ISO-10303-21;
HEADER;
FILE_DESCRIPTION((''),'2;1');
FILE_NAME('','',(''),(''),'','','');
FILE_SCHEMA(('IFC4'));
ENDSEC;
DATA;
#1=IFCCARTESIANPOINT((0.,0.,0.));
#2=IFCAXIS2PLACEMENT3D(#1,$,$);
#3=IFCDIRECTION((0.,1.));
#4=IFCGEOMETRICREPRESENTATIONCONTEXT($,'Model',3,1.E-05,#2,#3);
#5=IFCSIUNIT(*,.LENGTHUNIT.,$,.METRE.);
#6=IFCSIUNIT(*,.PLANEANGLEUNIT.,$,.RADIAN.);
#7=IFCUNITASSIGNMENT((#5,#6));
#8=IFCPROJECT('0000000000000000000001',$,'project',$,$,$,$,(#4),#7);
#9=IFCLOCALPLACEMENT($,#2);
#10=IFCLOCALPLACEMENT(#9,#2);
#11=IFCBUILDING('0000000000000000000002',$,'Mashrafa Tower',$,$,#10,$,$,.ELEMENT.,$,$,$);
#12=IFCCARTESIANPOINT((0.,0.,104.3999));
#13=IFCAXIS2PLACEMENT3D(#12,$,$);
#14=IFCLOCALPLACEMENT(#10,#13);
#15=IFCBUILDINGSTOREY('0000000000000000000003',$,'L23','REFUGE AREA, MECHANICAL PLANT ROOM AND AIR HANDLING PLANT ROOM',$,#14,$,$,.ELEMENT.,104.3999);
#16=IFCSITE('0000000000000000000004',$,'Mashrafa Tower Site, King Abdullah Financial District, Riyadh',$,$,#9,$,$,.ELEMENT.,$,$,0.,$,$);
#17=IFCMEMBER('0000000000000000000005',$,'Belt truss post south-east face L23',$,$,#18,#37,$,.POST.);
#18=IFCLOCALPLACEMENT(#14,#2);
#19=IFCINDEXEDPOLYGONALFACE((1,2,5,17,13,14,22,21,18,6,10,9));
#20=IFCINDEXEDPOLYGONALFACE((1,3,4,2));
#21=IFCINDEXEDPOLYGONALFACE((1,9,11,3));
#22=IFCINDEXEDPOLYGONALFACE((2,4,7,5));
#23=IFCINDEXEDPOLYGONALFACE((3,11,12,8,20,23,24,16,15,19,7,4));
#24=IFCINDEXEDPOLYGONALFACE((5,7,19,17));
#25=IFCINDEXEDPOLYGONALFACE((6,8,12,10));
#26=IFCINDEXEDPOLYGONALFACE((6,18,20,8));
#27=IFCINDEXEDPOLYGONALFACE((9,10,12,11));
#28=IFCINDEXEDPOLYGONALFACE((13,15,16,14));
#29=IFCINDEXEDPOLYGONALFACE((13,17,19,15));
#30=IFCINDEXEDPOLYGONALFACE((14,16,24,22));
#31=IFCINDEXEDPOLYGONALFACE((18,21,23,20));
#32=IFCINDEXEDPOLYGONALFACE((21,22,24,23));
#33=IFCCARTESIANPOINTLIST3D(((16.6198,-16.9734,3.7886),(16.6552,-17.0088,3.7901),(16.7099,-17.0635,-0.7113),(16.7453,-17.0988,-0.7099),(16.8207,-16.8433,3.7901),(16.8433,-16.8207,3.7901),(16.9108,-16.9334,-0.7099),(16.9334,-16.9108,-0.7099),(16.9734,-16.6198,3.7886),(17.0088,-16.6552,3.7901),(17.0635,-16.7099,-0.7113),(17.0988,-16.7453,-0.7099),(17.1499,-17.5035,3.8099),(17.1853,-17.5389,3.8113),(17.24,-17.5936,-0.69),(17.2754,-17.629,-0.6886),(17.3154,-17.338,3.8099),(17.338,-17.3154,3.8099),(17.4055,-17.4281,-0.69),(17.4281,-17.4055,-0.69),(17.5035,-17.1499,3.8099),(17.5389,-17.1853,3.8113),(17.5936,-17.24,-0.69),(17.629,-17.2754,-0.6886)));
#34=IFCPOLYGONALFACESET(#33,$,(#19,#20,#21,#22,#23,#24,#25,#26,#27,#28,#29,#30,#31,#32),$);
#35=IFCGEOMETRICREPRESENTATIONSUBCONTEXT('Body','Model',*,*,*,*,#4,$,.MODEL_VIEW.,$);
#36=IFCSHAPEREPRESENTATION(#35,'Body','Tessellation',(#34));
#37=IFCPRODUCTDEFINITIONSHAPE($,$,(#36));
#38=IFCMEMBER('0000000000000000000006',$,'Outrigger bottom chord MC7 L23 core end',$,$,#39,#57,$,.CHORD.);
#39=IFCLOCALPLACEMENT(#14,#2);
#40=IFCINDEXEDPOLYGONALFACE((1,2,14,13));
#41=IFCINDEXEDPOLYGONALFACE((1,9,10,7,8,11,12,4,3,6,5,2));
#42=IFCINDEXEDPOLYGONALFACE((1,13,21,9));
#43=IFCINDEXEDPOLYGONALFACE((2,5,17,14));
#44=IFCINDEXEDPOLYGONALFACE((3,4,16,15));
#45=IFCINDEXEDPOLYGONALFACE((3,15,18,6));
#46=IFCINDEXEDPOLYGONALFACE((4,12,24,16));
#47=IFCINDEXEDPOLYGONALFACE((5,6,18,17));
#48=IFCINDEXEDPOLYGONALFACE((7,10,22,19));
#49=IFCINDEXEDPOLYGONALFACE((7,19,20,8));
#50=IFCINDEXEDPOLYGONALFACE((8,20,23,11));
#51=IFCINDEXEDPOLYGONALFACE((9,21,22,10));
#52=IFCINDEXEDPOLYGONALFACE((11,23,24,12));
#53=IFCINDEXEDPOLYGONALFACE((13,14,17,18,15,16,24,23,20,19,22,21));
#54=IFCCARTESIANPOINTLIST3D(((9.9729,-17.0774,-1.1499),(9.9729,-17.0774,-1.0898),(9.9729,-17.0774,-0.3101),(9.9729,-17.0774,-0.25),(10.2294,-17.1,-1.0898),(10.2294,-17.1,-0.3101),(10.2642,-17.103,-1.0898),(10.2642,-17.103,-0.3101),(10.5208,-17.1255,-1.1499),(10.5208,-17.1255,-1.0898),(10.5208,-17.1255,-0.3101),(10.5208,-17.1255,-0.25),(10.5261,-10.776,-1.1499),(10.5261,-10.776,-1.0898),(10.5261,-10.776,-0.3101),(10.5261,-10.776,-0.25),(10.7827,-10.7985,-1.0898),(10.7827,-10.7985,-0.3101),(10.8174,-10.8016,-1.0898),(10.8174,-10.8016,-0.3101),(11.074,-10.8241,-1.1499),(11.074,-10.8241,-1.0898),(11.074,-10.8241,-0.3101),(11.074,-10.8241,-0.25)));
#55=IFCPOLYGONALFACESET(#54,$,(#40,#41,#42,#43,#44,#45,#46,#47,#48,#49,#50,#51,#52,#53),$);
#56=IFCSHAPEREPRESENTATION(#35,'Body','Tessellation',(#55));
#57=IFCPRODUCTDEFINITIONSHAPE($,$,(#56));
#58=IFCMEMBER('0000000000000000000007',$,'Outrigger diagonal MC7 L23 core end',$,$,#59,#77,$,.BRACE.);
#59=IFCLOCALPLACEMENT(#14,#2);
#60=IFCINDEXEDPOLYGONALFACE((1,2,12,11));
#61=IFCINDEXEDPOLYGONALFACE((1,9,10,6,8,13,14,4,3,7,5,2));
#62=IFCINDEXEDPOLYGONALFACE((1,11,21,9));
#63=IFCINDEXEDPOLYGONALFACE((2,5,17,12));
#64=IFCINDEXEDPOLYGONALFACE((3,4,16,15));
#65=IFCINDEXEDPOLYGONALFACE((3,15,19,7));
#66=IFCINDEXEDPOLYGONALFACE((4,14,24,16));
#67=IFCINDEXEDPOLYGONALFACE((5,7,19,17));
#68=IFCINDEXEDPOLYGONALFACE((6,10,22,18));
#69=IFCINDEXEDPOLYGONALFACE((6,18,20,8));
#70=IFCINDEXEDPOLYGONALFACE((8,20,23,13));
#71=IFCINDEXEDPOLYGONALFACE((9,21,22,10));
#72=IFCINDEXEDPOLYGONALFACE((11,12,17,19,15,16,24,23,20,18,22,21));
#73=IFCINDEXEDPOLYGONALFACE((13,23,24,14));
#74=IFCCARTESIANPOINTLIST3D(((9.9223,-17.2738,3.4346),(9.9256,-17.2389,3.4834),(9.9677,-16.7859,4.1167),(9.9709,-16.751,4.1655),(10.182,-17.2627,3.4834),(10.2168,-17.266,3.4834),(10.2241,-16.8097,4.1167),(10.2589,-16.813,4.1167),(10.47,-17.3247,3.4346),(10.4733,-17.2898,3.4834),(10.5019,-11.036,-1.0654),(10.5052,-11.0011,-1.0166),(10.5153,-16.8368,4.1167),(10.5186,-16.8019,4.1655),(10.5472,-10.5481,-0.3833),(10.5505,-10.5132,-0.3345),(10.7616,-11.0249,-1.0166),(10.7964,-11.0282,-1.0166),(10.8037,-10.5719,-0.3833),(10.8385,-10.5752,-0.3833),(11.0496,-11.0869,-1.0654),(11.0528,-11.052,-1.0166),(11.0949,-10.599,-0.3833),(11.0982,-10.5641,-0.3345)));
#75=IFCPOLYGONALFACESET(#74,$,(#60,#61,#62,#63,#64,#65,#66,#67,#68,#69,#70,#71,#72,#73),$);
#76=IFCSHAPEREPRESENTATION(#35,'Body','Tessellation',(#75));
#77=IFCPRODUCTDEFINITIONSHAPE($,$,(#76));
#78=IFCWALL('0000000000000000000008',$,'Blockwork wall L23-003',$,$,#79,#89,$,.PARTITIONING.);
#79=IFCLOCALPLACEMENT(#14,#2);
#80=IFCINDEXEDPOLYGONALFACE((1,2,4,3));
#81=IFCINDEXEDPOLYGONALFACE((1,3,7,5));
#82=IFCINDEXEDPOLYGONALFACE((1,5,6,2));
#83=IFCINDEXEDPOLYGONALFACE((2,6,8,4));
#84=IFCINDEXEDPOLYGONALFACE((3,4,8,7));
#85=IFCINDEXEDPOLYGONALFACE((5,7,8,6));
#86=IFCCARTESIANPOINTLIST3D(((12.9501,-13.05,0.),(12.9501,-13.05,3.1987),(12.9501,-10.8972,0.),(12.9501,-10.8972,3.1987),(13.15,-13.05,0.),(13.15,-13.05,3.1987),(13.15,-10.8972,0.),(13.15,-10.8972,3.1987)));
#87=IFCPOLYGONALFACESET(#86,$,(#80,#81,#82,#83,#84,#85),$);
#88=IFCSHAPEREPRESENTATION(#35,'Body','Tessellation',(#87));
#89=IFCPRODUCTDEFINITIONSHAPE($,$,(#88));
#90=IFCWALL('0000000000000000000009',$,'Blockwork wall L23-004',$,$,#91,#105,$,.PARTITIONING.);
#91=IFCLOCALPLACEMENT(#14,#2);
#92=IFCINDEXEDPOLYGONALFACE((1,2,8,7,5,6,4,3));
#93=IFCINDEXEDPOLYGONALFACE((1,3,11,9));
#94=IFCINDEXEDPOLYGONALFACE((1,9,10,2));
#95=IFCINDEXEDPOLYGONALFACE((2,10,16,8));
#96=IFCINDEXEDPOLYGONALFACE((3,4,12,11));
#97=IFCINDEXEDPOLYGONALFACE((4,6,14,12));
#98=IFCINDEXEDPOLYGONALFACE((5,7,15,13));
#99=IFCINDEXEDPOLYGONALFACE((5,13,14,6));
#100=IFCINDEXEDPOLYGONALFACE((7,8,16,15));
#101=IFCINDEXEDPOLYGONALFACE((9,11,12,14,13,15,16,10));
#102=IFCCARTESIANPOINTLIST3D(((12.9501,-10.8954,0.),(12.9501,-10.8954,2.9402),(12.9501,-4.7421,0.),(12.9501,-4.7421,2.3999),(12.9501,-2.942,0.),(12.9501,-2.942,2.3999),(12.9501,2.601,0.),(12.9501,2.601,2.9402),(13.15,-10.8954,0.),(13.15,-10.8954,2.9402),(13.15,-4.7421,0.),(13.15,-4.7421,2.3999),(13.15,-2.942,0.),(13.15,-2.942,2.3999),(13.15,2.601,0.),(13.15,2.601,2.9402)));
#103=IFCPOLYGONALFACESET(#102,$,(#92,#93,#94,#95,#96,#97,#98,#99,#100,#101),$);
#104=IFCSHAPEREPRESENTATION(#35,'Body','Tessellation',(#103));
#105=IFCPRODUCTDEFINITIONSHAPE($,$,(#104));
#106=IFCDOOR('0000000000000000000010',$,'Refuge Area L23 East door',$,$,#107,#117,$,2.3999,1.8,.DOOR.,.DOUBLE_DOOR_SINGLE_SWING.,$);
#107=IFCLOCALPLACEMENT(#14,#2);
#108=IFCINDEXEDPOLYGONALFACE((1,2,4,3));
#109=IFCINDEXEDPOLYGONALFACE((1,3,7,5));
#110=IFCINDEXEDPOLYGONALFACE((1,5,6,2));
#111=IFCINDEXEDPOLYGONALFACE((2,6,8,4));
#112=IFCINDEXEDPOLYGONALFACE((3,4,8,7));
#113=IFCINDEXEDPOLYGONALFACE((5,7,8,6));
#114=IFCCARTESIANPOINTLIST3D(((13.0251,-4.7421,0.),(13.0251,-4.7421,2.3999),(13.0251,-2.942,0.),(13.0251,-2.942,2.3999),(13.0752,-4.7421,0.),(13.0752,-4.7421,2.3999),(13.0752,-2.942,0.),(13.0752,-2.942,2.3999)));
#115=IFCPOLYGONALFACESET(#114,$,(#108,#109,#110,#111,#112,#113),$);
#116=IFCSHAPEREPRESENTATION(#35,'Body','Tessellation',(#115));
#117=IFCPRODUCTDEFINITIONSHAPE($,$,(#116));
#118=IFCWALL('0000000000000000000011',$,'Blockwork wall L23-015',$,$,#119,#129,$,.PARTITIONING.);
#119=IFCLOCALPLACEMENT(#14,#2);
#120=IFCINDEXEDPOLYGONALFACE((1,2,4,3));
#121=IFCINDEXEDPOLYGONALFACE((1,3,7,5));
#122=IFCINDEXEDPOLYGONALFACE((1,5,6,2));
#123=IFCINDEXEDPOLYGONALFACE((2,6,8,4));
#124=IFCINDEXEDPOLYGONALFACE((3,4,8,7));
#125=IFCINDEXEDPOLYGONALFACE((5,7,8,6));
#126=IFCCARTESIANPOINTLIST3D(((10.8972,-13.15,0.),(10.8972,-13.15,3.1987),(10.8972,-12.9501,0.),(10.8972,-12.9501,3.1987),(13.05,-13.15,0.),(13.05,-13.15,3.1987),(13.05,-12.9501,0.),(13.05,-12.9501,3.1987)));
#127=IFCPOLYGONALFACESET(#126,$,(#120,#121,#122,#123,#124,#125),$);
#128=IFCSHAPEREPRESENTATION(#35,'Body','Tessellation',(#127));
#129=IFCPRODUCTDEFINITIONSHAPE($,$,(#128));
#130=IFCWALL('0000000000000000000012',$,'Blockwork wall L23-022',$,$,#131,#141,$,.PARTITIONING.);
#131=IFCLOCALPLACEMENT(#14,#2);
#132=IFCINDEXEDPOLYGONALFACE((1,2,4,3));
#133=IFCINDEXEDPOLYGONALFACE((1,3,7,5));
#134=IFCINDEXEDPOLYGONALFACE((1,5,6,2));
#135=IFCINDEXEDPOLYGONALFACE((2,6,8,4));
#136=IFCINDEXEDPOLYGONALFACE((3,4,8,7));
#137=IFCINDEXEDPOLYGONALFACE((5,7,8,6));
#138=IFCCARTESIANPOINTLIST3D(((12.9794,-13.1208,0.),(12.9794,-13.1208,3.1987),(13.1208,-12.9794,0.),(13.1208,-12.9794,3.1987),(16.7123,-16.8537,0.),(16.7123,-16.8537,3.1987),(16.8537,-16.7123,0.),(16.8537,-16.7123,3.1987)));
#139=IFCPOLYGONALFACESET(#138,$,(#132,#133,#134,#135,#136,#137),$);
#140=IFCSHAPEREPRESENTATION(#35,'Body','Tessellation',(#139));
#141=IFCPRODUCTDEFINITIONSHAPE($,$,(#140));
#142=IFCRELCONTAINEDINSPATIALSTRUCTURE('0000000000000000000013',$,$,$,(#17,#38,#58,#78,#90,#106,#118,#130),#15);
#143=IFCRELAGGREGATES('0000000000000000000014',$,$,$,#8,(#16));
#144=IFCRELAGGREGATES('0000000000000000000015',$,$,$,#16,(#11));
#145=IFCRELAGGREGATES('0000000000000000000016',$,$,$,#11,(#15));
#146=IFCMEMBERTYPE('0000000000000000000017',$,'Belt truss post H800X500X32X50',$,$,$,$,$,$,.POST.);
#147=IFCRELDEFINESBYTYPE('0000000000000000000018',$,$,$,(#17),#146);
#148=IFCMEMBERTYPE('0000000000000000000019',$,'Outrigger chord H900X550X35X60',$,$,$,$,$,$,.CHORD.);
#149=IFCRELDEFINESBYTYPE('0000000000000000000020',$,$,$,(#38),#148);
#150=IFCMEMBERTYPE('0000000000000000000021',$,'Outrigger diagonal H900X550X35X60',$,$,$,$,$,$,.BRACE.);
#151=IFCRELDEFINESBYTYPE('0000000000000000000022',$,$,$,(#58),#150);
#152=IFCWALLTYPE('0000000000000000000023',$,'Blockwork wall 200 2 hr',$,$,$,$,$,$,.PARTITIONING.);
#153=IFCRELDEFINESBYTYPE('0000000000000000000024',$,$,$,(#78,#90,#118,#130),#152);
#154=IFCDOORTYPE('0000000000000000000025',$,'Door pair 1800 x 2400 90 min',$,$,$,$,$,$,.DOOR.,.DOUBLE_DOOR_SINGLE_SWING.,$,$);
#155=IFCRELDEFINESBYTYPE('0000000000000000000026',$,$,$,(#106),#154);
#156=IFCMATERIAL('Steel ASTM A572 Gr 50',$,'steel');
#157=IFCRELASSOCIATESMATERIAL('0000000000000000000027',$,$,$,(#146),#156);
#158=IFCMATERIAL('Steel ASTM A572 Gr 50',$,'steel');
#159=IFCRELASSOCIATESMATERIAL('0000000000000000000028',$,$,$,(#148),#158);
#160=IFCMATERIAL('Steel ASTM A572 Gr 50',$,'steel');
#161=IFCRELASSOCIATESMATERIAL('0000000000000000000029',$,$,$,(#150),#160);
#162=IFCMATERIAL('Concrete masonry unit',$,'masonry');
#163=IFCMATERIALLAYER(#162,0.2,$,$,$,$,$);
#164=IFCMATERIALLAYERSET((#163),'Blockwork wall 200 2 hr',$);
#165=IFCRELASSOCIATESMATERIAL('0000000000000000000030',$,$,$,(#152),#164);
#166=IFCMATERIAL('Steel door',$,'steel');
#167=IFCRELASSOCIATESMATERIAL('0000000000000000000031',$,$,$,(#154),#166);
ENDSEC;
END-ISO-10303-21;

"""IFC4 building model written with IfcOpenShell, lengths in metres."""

from ifc_helpers import new_model, si_unit, direction, frame, frame_2d, origin, origin_2d, place, context, subcontext, project, spatial, rectangle, i_section, extrude, source, transform, mapped, material, layer, layer_set, material_profile, profile_set, type_object, type_shapes, element, fill, save


model = new_model("IFC4")

# Units and contexts
model_context = context("Model", 3, precision=1e-05, world=origin(), true_north=direction((0.0, 1.0)))
body_context = subcontext(model_context, "Body", "Model", "MODEL_VIEW")
ifc_project = project(units=[si_unit("LENGTHUNIT", "METRE"), si_unit("PLANEANGLEUNIT", "RADIAN")], contexts=[model_context])

# Site, building, storey
site_placement = place(None, origin())
site = spatial("IfcSite", under=ifc_project, at=site_placement, Name="Mashrafa Tower Site, King Abdullah Financial District, Riyadh", CompositionType="ELEMENT", RefElevation=0.0)
building_placement = place(site_placement, origin())
building = spatial("IfcBuilding", under=site, at=building_placement, Name="Mashrafa Tower", CompositionType="ELEMENT")
storey_placement = place(building_placement, frame((0.0, 0.0, 104.3999)))
storey = spatial("IfcBuildingStorey", under=building, at=storey_placement, Name="L23", Description="REFUGE AREA, MECHANICAL PLANT ROOM AND AIR HANDLING PLANT ROOM", CompositionType="ELEMENT", Elevation=104.3999)

# Members
ifc_material_1 = material(Name="Steel ASTM A572 Gr 50", Category="steel")
ifc_material_profile_1 = material_profile(ifc_material_1, i_section(OverallWidth=0.5, OverallDepth=0.8, WebThickness=0.032, FlangeThickness=0.05, at=origin_2d()), Name="H800X500X32X50")
ifc_profile_set_1 = profile_set([ifc_material_profile_1], Name="Steel ASTM A572 Gr 50")
member_type_1 = type_object("IfcMemberType", Name="Belt truss post H800X500X32X50", PredefinedType="POST", material=ifc_profile_set_1)
shared_shape_1 = source(origin(), body_context, "Body", "SweptSolid", [
    extrude(i_section(OverallWidth=0.5, OverallDepth=0.8, WebThickness=0.032, FlangeThickness=0.05, at=origin_2d()), origin(), (0.0, 0.0, 1.0), 4.5017),
])
type_shapes(member_type_1, [shared_shape_1])
member_1_placement = place(storey_placement, frame((17.1694, -17.1694, -0.7), z_axis=(-0.020012, 0.020012, 0.999599), x_axis=(-0.707107, -0.707107, 0.0)))
element("IfcMember", 1, at=member_1_placement, inside=storey, type_object=member_type_1, Name="Belt truss post south-east face L23", PredefinedType="POST", context=body_context, shape_type="MappedRepresentation", body=[
    mapped(shared_shape_1, transform((0.0, 0.0, 0.0))),
])
ifc_material_2 = material(Name="Steel ASTM A572 Gr 50", Category="steel")
ifc_material_profile_2 = material_profile(ifc_material_2, i_section(OverallWidth=0.55, OverallDepth=0.8999, WebThickness=0.0349, FlangeThickness=0.0601, at=origin_2d()), Name="H900X550X35X60")
ifc_profile_set_2 = profile_set([ifc_material_profile_2], Name="Steel ASTM A572 Gr 50")
member_type_2 = type_object("IfcMemberType", Name="Outrigger chord H900X550X35X60", PredefinedType="CHORD", material=ifc_profile_set_2)
shared_shape_2 = source(origin(), body_context, "Body", "SweptSolid", [
    extrude(i_section(OverallWidth=0.55, OverallDepth=0.8999, WebThickness=0.0349, FlangeThickness=0.0601, at=origin_2d()), origin(), (0.0, 0.0, 1.0), 6.3257),
])
type_shapes(member_type_2, [shared_shape_2])
member_2_placement = place(storey_placement, frame((10.8, -10.8, -0.7), z_axis=(-0.087456, -0.996168, 0.0), x_axis=(0.996168, -0.087456, 0.0)))
element("IfcMember", 2, at=member_2_placement, inside=storey, type_object=member_type_2, Name="Outrigger bottom chord MC7 L23 core end", PredefinedType="CHORD", context=body_context, shape_type="MappedRepresentation", body=[
    mapped(shared_shape_2, transform((0.0, 0.0, 0.0))),
])
ifc_material_3 = material(Name="Steel ASTM A572 Gr 50", Category="steel")
ifc_material_profile_3 = material_profile(ifc_material_3, i_section(OverallWidth=0.55, OverallDepth=0.8999, WebThickness=0.0349, FlangeThickness=0.0601, at=origin_2d()), Name="H900X550X35X60")
ifc_profile_set_3 = profile_set([ifc_material_profile_3], Name="Steel ASTM A572 Gr 50")
member_type_3 = type_object("IfcMemberType", Name="Outrigger diagonal H900X550X35X60", PredefinedType="BRACE", material=ifc_profile_set_3)
shared_shape_3 = source(origin(), body_context, "Body", "SweptSolid", [
    extrude(i_section(OverallWidth=0.55, OverallDepth=0.8999, WebThickness=0.0349, FlangeThickness=0.0601, at=origin_2d()), origin(), (0.0, 0.0, 1.0), 7.7134),
])
type_shapes(member_type_3, [shared_shape_3])
member_3_placement = place(storey_placement, frame((10.8, -10.8, -0.7), z_axis=(-0.075141, -0.808699, 0.583403), x_axis=(0.995711, -0.092517, 0.0)))
element("IfcMember", 3, at=member_3_placement, inside=storey, type_object=member_type_3, Name="Outrigger diagonal MC7 L23 core end", PredefinedType="BRACE", context=body_context, shape_type="MappedRepresentation", body=[
    mapped(shared_shape_3, transform((0.0, 0.0, 0.0))),
])

# Wall
ifc_material_4 = material(Name="Concrete masonry unit", Category="masonry")
ifc_layer_1 = layer(ifc_material_4, 0.2)
ifc_layer_set_1 = layer_set([ifc_layer_1], Name="Blockwork wall 200 2 hr")
wall_type_1 = type_object("IfcWallType", Name="Blockwork wall 200 2 hr", PredefinedType="PARTITIONING", material=ifc_layer_set_1)
wall_1_placement = place(storey_placement, frame((13.05, -13.05, 0.0), z_axis=(0.0, 0.0, 1.0), x_axis=(0.0, 1.0, 0.0)))
element("IfcWall", 4, at=wall_1_placement, inside=storey, type_object=wall_type_1, Name="Blockwork wall L23-003", PredefinedType="PARTITIONING", context=body_context, shape_type="SweptSolid", body=[
    extrude(rectangle(XDim=2.1528, YDim=0.2, at=frame_2d((1.0764, 0.0))), origin(), (0.0, 0.0, 1.0), 3.1987),
])

# Wall, opening, door
wall_2_placement = place(storey_placement, frame((13.05, -10.8953, 0.0), z_axis=(0.0, 0.0, 1.0), x_axis=(0.0, 1.0, 0.0)))
wall_2 = element("IfcWall", 5, at=wall_2_placement, inside=storey, type_object=wall_type_1, Name="Blockwork wall L23-004", PredefinedType="PARTITIONING", context=body_context, shape_type="SweptSolid", body=[
    extrude(rectangle(XDim=13.4963, YDim=0.2, at=frame_2d((6.748, 0.0))), origin(), (0.0, 0.0, 1.0), 2.9402),
])
opening_1_placement = place(wall_2_placement, frame((6.1533, 0.0, 0.0)))
opening_1 = element("IfcOpeningElement", 6, at=opening_1_placement, cuts=wall_2, PredefinedType="OPENING", context=body_context, shape_type="SweptSolid", body=[
    extrude(rectangle(XDim=1.8, YDim=2.3999, at=frame_2d((0.8999, 1.2))), frame((0.0, 0.1099, 0.0), z_axis=(0.0, -1.0, 0.0), x_axis=(1.0, 0.0, 0.0)), (0.0, 0.0, 1.0), 0.22),
])
ifc_material_5 = material(Name="Steel door", Category="steel")
door_type_1 = type_object("IfcDoorType", Name="Door pair 1800 x 2400 90 min", OperationType="DOUBLE_DOOR_SINGLE_SWING", PredefinedType="DOOR", material=ifc_material_5)
door_1_placement = place(opening_1_placement, origin())
door_1 = element("IfcDoor", 7, at=door_1_placement, inside=storey, type_object=door_type_1, Name="Refuge Area L23 East door", OperationType="DOUBLE_DOOR_SINGLE_SWING", OverallHeight=2.3999, OverallWidth=1.8, PredefinedType="DOOR", context=body_context, shape_type="SweptSolid", body=[
    extrude(rectangle(XDim=1.8, YDim=2.3999, at=frame_2d((0.8999, 1.2))), frame((0.0, 0.0249, 0.0), z_axis=(0.0, -1.0, 0.0), x_axis=(1.0, 0.0, 0.0)), (0.0, 0.0, 1.0), 0.05),
])
fill(opening_1, door_1)

# Walls
wall_3_placement = place(storey_placement, frame((10.8972, -13.05, 0.0), z_axis=(0.0, 0.0, 1.0), x_axis=(1.0, 0.0, 0.0)))
element("IfcWall", 8, at=wall_3_placement, inside=storey, type_object=wall_type_1, Name="Blockwork wall L23-015", PredefinedType="PARTITIONING", context=body_context, shape_type="SweptSolid", body=[
    extrude(rectangle(XDim=2.1528, YDim=0.2, at=frame_2d((1.0764, 0.0))), origin(), (0.0, 0.0, 1.0), 3.1987),
])
wall_4_placement = place(storey_placement, frame((13.05, -13.05, 0.0), z_axis=(0.0, 0.0, 1.0), x_axis=(0.707107, -0.707107, 0.0)))
element("IfcWall", 9, at=wall_4_placement, inside=storey, type_object=wall_type_1, Name="Blockwork wall L23-022", PredefinedType="PARTITIONING", context=body_context, shape_type="SweptSolid", body=[
    extrude(rectangle(XDim=5.2791, YDim=0.2, at=frame_2d((2.6396, 0.0))), origin(), (0.0, 0.0, 1.0), 3.1987),
])

save(model, "model.ifc")
